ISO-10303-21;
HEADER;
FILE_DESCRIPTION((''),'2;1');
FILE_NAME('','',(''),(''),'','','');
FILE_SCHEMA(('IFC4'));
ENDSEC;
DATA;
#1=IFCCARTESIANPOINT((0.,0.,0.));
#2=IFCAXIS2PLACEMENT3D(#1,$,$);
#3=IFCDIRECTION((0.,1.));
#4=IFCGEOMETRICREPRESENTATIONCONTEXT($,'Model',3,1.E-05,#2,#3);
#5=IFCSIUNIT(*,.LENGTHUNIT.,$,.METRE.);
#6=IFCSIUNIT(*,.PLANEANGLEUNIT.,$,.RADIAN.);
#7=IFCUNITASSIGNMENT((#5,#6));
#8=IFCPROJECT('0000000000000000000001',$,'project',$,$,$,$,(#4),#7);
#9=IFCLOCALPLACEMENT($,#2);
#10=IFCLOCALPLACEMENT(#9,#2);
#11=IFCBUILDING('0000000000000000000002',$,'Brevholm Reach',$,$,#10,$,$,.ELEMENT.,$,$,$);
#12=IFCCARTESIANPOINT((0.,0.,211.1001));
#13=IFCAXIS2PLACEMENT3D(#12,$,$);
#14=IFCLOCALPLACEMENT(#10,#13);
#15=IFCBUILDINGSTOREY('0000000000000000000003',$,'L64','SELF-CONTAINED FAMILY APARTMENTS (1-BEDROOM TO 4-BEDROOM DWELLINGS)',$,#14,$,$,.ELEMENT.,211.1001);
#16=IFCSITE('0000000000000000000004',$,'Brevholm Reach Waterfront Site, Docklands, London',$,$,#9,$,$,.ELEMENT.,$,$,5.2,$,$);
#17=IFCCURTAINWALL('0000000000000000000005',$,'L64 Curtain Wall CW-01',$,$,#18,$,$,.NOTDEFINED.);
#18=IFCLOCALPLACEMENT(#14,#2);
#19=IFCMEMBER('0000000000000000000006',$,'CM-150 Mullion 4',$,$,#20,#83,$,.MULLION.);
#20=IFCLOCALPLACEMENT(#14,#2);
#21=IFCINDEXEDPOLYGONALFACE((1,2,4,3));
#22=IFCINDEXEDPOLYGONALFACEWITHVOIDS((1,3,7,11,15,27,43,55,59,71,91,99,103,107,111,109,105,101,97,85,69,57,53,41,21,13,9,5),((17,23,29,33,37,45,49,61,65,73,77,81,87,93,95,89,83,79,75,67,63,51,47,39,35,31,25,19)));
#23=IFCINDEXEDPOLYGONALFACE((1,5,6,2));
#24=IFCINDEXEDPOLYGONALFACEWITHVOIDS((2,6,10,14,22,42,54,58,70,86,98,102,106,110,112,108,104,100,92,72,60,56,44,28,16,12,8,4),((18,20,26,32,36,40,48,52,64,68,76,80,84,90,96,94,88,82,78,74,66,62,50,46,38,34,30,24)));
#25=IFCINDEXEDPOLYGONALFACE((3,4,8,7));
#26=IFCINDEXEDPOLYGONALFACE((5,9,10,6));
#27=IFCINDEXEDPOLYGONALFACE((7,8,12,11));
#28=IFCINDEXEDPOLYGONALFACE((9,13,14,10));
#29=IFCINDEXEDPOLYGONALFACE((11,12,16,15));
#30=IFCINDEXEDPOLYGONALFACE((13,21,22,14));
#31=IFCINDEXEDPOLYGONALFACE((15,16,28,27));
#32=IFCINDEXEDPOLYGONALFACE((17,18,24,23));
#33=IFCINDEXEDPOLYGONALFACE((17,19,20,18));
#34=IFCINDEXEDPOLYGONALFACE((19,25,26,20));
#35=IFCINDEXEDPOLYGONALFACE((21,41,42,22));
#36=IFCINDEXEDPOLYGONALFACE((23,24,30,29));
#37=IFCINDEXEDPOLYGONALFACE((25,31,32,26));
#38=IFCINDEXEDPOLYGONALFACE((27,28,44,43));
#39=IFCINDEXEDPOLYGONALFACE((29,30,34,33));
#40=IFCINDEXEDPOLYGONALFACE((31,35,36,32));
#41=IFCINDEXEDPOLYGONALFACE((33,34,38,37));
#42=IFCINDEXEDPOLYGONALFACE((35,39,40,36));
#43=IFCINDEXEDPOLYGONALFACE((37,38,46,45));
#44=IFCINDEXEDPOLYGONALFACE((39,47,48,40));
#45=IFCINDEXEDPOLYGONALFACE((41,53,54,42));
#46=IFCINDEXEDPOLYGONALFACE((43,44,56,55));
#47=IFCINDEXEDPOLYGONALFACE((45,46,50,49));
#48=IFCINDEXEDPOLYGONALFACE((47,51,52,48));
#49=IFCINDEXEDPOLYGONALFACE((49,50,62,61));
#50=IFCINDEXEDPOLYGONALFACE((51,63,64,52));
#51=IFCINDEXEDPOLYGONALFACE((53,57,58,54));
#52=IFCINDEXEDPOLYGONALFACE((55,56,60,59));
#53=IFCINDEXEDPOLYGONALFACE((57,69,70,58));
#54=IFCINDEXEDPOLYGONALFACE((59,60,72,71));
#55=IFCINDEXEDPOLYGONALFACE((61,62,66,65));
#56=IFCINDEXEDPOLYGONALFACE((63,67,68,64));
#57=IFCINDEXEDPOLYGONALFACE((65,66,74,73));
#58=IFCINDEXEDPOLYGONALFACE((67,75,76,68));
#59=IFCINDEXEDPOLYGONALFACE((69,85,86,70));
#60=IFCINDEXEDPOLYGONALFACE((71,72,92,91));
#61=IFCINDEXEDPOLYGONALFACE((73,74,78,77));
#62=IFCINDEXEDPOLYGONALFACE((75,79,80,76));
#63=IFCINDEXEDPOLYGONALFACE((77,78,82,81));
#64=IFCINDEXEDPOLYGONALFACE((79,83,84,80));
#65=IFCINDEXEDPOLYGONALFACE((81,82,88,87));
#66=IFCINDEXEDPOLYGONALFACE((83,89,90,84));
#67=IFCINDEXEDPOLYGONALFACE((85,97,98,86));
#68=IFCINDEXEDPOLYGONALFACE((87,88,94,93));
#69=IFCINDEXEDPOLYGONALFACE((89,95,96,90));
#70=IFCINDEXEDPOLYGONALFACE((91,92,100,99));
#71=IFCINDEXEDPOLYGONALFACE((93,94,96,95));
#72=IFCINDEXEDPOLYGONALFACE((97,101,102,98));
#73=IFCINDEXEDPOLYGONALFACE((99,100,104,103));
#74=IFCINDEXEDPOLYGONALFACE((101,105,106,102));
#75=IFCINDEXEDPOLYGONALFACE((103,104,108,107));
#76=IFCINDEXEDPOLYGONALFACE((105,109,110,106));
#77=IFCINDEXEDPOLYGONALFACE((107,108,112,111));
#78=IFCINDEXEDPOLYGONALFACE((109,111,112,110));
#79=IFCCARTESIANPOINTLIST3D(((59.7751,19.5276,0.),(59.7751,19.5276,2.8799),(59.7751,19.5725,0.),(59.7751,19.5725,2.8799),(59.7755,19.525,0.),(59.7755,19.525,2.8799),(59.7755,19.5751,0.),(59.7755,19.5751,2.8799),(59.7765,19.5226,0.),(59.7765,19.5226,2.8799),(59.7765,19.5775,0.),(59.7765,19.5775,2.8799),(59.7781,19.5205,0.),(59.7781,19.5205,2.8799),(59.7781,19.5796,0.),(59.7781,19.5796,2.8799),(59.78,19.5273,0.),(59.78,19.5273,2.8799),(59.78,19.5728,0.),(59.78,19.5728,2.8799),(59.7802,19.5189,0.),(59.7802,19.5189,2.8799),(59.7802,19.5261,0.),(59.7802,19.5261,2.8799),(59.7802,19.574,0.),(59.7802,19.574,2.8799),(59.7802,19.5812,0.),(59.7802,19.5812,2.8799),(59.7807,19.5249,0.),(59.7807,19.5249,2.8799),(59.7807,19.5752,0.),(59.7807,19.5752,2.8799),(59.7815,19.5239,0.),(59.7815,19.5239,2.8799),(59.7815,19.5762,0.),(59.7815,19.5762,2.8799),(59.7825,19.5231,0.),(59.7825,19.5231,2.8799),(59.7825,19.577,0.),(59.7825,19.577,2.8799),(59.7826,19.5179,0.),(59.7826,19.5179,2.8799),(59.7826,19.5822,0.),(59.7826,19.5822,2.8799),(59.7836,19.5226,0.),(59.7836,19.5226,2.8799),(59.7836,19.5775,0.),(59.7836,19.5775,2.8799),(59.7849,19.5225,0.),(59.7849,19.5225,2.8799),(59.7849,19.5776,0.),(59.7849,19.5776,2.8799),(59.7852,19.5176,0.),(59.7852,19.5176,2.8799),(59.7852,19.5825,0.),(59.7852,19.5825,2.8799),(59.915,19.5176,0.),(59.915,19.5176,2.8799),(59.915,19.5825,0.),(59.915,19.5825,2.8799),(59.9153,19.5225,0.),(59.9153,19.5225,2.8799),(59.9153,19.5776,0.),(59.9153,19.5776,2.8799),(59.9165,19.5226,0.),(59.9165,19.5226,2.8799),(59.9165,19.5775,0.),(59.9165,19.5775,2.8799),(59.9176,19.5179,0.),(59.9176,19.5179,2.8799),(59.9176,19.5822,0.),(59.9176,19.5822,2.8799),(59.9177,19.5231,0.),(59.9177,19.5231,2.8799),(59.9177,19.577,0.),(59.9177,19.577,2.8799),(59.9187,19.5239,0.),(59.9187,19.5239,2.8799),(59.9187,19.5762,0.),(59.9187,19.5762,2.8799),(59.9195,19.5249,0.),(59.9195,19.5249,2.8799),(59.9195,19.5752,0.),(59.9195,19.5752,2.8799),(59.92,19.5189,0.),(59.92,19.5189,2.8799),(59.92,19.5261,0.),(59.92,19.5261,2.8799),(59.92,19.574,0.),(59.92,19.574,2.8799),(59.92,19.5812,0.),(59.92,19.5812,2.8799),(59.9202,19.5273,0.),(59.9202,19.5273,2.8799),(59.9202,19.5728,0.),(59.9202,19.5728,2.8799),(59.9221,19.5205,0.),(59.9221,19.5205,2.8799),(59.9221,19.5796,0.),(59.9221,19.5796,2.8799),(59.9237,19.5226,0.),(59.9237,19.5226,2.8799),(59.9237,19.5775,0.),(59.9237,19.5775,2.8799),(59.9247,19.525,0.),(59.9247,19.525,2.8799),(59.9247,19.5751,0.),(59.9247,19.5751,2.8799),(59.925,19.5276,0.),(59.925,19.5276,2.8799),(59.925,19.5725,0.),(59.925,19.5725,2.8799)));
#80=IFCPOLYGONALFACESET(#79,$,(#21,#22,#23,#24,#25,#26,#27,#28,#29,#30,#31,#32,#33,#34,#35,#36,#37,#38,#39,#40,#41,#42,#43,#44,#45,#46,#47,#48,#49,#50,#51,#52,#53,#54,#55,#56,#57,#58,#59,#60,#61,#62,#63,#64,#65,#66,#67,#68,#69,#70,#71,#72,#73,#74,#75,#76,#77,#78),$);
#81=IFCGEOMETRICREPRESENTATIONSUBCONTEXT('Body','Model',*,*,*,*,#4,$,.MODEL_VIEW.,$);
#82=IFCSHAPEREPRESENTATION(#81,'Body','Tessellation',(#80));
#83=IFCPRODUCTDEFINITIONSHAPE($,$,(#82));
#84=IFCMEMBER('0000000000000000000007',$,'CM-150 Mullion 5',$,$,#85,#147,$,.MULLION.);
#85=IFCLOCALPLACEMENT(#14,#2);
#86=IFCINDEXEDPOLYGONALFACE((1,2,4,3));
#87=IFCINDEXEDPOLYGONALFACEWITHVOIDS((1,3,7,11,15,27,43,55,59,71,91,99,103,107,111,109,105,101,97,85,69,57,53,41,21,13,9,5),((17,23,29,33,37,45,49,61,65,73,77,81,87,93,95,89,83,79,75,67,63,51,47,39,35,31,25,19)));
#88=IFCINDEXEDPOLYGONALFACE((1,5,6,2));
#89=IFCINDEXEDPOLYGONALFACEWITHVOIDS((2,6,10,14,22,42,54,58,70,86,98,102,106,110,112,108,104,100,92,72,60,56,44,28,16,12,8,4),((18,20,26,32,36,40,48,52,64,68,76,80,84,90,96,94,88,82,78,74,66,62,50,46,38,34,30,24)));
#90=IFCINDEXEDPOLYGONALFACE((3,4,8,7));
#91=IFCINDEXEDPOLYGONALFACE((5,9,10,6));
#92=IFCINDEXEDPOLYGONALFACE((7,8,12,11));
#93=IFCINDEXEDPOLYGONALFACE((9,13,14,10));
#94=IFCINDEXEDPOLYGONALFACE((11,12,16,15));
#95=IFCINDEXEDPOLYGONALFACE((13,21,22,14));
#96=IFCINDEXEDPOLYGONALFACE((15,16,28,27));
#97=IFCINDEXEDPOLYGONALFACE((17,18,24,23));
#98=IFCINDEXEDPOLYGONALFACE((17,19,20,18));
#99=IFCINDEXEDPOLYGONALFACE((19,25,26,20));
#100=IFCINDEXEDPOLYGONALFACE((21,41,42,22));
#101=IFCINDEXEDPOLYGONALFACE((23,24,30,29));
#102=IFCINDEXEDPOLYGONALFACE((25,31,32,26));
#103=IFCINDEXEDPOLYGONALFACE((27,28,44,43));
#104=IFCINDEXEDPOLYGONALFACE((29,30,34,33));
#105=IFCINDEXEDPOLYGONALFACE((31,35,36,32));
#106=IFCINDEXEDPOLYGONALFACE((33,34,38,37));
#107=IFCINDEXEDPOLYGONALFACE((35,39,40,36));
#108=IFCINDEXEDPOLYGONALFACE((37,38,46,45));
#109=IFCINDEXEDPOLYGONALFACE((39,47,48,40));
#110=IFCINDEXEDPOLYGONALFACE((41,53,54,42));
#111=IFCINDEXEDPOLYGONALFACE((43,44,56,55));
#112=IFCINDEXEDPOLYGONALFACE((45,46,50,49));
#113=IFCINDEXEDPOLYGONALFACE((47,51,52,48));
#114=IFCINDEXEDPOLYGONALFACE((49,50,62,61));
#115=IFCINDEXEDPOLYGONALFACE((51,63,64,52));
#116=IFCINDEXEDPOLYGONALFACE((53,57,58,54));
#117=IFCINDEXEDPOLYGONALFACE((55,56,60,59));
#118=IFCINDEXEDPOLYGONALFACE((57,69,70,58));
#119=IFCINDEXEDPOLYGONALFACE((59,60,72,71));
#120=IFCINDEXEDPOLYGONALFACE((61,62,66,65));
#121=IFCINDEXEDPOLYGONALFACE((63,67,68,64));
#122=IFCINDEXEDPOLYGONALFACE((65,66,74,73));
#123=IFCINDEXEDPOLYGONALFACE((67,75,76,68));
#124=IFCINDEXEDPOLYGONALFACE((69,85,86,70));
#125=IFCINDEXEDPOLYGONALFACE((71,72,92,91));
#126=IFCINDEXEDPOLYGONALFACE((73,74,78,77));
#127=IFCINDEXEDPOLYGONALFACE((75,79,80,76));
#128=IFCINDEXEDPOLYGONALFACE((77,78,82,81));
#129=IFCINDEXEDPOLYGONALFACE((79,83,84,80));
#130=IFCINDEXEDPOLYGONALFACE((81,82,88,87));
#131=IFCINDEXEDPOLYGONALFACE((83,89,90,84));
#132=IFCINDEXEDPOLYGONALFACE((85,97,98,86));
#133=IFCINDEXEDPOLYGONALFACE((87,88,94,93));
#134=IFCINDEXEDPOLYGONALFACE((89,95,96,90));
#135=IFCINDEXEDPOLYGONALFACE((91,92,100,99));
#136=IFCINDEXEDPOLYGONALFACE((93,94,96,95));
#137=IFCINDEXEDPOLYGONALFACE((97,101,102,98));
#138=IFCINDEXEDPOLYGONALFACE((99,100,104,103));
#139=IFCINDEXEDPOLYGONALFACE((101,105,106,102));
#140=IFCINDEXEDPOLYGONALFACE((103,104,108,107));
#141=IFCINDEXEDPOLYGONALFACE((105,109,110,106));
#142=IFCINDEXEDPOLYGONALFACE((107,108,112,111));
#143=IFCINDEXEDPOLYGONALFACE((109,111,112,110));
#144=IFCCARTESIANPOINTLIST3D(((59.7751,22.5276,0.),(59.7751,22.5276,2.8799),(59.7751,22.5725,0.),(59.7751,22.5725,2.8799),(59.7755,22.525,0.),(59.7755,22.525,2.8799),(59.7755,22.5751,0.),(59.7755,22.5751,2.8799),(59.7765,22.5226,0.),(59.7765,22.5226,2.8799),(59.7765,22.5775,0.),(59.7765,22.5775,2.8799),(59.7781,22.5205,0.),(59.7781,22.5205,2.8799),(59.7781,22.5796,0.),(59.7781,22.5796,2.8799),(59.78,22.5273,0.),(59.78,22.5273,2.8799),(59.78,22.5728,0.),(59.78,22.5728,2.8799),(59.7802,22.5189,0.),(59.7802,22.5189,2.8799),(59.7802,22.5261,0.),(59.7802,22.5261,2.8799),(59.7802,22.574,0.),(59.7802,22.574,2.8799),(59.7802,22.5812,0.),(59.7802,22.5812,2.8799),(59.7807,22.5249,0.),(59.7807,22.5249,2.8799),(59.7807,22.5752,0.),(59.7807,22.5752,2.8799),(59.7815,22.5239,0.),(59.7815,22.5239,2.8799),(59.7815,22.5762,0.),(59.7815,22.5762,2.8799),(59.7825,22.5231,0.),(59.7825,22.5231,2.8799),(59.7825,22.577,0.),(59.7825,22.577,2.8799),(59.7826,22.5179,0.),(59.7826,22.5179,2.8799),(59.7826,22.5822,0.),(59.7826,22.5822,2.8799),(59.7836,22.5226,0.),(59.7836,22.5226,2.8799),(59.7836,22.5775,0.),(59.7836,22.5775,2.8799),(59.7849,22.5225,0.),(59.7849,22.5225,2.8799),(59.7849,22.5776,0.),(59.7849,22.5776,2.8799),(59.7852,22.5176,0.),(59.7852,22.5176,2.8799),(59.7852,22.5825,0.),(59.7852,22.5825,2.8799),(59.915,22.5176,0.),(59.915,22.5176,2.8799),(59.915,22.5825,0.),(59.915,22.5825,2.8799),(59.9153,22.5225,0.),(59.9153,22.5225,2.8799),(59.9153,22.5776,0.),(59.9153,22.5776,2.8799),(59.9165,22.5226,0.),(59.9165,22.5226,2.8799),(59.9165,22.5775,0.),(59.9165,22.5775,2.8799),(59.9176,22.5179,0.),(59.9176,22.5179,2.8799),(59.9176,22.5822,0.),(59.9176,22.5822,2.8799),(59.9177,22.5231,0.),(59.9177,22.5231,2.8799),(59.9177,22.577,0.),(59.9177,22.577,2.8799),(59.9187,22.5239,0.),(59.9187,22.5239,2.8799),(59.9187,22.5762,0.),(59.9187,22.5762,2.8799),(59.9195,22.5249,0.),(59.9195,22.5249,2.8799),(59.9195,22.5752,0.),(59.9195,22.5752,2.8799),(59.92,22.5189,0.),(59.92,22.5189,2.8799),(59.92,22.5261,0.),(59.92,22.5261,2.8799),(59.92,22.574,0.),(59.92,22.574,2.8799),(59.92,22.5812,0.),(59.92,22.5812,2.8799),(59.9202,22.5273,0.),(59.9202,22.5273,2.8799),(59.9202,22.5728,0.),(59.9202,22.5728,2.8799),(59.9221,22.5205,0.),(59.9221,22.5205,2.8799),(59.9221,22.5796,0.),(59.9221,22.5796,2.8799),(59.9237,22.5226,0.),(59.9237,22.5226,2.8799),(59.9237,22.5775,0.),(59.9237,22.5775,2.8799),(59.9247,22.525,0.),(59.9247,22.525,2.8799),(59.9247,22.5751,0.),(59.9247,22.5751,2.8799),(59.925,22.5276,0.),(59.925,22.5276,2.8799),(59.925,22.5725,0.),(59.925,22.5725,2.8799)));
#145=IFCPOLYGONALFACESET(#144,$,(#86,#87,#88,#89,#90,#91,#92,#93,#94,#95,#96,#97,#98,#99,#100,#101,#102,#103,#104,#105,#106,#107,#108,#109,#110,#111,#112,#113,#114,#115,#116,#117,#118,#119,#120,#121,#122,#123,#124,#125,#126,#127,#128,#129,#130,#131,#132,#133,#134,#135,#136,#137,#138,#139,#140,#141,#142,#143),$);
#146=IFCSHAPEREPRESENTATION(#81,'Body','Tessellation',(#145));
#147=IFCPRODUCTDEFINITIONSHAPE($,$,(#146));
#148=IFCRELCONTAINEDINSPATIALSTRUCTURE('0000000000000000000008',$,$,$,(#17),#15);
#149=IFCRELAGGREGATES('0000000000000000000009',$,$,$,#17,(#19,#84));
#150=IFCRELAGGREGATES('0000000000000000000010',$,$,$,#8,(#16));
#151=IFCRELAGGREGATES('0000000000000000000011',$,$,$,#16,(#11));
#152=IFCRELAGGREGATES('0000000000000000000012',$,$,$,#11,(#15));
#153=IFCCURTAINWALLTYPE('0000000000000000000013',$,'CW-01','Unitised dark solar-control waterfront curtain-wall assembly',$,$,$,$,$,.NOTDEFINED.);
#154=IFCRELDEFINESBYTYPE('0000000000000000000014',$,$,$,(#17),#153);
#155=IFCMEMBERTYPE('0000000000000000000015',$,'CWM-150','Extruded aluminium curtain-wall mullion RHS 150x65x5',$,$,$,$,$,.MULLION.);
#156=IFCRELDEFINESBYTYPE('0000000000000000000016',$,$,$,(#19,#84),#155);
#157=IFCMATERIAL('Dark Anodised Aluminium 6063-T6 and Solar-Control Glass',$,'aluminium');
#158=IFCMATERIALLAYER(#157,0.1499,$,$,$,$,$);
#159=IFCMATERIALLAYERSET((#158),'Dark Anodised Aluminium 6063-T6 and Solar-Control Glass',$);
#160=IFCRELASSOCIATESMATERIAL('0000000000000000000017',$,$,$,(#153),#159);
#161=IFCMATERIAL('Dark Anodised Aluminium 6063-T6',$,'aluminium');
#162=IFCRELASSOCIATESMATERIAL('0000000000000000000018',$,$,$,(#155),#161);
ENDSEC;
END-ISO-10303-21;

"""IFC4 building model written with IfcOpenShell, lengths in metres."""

from ifc_helpers import new_model, si_unit, direction, frame, origin, origin_2d, place, context, subcontext, project, spatial, hollow_rectangle, extrude, material, layer, layer_set, material_profile, profile_set, type_object, element, aggregate, save


model = new_model("IFC4")

# Units and contexts
model_context = context("Model", 3, precision=1e-05, world=origin(), true_north=direction((0.0, 1.0)))
body_context = subcontext(model_context, "Body", "Model", "MODEL_VIEW")
ifc_project = project(units=[si_unit("LENGTHUNIT", "METRE"), si_unit("PLANEANGLEUNIT", "RADIAN")], contexts=[model_context])

# Site, building, storey
site_placement = place(None, origin())
site = spatial("IfcSite", under=ifc_project, at=site_placement, Name="Brevholm Reach Waterfront Site, Docklands, London", CompositionType="ELEMENT", RefElevation=5.2)
building_placement = place(site_placement, origin())
building = spatial("IfcBuilding", under=site, at=building_placement, Name="Brevholm Reach", CompositionType="ELEMENT")
storey_placement = place(building_placement, frame((0.0, 0.0, 211.1001)))
storey = spatial("IfcBuildingStorey", under=building, at=storey_placement, Name="L64", Description="SELF-CONTAINED FAMILY APARTMENTS (1-BEDROOM TO 4-BEDROOM DWELLINGS)", CompositionType="ELEMENT", Elevation=211.1001)

# Curtain wall, members
ifc_material_1 = material(Name="Dark Anodised Aluminium 6063-T6 and Solar-Control Glass", Category="aluminium")
ifc_layer_1 = layer(ifc_material_1, 0.1499)
ifc_layer_set_1 = layer_set([ifc_layer_1], Name="Dark Anodised Aluminium 6063-T6 and Solar-Control Glass")
curtain_wall_type = type_object("IfcCurtainWallType", Name="CW-01", Description="Unitised dark solar-control waterfront curtain-wall assembly", PredefinedType="NOTDEFINED", material=ifc_layer_set_1)
curtain_wall_placement = place(storey_placement, origin())
curtain_wall = element("IfcCurtainWall", 1, at=curtain_wall_placement, inside=storey, type_object=curtain_wall_type, Name="L64 Curtain Wall CW-01", PredefinedType="NOTDEFINED")
ifc_material_2 = material(Name="Dark Anodised Aluminium 6063-T6", Category="aluminium")
ifc_material_profile_1 = material_profile(ifc_material_2, hollow_rectangle(XDim=0.0649, YDim=0.1499, WallThickness=0.0049, InnerFilletRadius=0.0049, OuterFilletRadius=0.01, at=origin_2d()), Name="RHS 150x65x5")
ifc_profile_set_1 = profile_set([ifc_material_profile_1], Name="Dark Anodised Aluminium 6063-T6")
member_type_1 = type_object("IfcMemberType", Name="CWM-150", Description="Extruded aluminium curtain-wall mullion RHS 150x65x5", PredefinedType="MULLION", material=ifc_profile_set_1)
member_1_placement = place(storey_placement, frame((59.8501, 19.55, 0.0), z_axis=(0.0, 0.0, 1.0), x_axis=(0.0, 1.0, 0.0)))
member_1 = element("IfcMember", 2, at=member_1_placement, type_object=member_type_1, Name="CM-150 Mullion 4", PredefinedType="MULLION", context=body_context, shape_type="SweptSolid", body=[
    extrude(hollow_rectangle(XDim=0.0649, YDim=0.1499, WallThickness=0.0049, InnerFilletRadius=0.0049, OuterFilletRadius=0.01, at=origin_2d()), origin(), (0.0, 0.0, 1.0), 2.8799),
])
member_2_placement = place(storey_placement, frame((59.8501, 22.55, 0.0), z_axis=(0.0, 0.0, 1.0), x_axis=(0.0, 1.0, 0.0)))
member_2 = element("IfcMember", 3, at=member_2_placement, type_object=member_type_1, Name="CM-150 Mullion 5", PredefinedType="MULLION", context=body_context, shape_type="SweptSolid", body=[
    extrude(hollow_rectangle(XDim=0.0649, YDim=0.1499, WallThickness=0.0049, InnerFilletRadius=0.0049, OuterFilletRadius=0.01, at=origin_2d()), origin(), (0.0, 0.0, 1.0), 2.8799),
])
aggregate(curtain_wall, [member_1, member_2])

save(model, "model.ifc")
